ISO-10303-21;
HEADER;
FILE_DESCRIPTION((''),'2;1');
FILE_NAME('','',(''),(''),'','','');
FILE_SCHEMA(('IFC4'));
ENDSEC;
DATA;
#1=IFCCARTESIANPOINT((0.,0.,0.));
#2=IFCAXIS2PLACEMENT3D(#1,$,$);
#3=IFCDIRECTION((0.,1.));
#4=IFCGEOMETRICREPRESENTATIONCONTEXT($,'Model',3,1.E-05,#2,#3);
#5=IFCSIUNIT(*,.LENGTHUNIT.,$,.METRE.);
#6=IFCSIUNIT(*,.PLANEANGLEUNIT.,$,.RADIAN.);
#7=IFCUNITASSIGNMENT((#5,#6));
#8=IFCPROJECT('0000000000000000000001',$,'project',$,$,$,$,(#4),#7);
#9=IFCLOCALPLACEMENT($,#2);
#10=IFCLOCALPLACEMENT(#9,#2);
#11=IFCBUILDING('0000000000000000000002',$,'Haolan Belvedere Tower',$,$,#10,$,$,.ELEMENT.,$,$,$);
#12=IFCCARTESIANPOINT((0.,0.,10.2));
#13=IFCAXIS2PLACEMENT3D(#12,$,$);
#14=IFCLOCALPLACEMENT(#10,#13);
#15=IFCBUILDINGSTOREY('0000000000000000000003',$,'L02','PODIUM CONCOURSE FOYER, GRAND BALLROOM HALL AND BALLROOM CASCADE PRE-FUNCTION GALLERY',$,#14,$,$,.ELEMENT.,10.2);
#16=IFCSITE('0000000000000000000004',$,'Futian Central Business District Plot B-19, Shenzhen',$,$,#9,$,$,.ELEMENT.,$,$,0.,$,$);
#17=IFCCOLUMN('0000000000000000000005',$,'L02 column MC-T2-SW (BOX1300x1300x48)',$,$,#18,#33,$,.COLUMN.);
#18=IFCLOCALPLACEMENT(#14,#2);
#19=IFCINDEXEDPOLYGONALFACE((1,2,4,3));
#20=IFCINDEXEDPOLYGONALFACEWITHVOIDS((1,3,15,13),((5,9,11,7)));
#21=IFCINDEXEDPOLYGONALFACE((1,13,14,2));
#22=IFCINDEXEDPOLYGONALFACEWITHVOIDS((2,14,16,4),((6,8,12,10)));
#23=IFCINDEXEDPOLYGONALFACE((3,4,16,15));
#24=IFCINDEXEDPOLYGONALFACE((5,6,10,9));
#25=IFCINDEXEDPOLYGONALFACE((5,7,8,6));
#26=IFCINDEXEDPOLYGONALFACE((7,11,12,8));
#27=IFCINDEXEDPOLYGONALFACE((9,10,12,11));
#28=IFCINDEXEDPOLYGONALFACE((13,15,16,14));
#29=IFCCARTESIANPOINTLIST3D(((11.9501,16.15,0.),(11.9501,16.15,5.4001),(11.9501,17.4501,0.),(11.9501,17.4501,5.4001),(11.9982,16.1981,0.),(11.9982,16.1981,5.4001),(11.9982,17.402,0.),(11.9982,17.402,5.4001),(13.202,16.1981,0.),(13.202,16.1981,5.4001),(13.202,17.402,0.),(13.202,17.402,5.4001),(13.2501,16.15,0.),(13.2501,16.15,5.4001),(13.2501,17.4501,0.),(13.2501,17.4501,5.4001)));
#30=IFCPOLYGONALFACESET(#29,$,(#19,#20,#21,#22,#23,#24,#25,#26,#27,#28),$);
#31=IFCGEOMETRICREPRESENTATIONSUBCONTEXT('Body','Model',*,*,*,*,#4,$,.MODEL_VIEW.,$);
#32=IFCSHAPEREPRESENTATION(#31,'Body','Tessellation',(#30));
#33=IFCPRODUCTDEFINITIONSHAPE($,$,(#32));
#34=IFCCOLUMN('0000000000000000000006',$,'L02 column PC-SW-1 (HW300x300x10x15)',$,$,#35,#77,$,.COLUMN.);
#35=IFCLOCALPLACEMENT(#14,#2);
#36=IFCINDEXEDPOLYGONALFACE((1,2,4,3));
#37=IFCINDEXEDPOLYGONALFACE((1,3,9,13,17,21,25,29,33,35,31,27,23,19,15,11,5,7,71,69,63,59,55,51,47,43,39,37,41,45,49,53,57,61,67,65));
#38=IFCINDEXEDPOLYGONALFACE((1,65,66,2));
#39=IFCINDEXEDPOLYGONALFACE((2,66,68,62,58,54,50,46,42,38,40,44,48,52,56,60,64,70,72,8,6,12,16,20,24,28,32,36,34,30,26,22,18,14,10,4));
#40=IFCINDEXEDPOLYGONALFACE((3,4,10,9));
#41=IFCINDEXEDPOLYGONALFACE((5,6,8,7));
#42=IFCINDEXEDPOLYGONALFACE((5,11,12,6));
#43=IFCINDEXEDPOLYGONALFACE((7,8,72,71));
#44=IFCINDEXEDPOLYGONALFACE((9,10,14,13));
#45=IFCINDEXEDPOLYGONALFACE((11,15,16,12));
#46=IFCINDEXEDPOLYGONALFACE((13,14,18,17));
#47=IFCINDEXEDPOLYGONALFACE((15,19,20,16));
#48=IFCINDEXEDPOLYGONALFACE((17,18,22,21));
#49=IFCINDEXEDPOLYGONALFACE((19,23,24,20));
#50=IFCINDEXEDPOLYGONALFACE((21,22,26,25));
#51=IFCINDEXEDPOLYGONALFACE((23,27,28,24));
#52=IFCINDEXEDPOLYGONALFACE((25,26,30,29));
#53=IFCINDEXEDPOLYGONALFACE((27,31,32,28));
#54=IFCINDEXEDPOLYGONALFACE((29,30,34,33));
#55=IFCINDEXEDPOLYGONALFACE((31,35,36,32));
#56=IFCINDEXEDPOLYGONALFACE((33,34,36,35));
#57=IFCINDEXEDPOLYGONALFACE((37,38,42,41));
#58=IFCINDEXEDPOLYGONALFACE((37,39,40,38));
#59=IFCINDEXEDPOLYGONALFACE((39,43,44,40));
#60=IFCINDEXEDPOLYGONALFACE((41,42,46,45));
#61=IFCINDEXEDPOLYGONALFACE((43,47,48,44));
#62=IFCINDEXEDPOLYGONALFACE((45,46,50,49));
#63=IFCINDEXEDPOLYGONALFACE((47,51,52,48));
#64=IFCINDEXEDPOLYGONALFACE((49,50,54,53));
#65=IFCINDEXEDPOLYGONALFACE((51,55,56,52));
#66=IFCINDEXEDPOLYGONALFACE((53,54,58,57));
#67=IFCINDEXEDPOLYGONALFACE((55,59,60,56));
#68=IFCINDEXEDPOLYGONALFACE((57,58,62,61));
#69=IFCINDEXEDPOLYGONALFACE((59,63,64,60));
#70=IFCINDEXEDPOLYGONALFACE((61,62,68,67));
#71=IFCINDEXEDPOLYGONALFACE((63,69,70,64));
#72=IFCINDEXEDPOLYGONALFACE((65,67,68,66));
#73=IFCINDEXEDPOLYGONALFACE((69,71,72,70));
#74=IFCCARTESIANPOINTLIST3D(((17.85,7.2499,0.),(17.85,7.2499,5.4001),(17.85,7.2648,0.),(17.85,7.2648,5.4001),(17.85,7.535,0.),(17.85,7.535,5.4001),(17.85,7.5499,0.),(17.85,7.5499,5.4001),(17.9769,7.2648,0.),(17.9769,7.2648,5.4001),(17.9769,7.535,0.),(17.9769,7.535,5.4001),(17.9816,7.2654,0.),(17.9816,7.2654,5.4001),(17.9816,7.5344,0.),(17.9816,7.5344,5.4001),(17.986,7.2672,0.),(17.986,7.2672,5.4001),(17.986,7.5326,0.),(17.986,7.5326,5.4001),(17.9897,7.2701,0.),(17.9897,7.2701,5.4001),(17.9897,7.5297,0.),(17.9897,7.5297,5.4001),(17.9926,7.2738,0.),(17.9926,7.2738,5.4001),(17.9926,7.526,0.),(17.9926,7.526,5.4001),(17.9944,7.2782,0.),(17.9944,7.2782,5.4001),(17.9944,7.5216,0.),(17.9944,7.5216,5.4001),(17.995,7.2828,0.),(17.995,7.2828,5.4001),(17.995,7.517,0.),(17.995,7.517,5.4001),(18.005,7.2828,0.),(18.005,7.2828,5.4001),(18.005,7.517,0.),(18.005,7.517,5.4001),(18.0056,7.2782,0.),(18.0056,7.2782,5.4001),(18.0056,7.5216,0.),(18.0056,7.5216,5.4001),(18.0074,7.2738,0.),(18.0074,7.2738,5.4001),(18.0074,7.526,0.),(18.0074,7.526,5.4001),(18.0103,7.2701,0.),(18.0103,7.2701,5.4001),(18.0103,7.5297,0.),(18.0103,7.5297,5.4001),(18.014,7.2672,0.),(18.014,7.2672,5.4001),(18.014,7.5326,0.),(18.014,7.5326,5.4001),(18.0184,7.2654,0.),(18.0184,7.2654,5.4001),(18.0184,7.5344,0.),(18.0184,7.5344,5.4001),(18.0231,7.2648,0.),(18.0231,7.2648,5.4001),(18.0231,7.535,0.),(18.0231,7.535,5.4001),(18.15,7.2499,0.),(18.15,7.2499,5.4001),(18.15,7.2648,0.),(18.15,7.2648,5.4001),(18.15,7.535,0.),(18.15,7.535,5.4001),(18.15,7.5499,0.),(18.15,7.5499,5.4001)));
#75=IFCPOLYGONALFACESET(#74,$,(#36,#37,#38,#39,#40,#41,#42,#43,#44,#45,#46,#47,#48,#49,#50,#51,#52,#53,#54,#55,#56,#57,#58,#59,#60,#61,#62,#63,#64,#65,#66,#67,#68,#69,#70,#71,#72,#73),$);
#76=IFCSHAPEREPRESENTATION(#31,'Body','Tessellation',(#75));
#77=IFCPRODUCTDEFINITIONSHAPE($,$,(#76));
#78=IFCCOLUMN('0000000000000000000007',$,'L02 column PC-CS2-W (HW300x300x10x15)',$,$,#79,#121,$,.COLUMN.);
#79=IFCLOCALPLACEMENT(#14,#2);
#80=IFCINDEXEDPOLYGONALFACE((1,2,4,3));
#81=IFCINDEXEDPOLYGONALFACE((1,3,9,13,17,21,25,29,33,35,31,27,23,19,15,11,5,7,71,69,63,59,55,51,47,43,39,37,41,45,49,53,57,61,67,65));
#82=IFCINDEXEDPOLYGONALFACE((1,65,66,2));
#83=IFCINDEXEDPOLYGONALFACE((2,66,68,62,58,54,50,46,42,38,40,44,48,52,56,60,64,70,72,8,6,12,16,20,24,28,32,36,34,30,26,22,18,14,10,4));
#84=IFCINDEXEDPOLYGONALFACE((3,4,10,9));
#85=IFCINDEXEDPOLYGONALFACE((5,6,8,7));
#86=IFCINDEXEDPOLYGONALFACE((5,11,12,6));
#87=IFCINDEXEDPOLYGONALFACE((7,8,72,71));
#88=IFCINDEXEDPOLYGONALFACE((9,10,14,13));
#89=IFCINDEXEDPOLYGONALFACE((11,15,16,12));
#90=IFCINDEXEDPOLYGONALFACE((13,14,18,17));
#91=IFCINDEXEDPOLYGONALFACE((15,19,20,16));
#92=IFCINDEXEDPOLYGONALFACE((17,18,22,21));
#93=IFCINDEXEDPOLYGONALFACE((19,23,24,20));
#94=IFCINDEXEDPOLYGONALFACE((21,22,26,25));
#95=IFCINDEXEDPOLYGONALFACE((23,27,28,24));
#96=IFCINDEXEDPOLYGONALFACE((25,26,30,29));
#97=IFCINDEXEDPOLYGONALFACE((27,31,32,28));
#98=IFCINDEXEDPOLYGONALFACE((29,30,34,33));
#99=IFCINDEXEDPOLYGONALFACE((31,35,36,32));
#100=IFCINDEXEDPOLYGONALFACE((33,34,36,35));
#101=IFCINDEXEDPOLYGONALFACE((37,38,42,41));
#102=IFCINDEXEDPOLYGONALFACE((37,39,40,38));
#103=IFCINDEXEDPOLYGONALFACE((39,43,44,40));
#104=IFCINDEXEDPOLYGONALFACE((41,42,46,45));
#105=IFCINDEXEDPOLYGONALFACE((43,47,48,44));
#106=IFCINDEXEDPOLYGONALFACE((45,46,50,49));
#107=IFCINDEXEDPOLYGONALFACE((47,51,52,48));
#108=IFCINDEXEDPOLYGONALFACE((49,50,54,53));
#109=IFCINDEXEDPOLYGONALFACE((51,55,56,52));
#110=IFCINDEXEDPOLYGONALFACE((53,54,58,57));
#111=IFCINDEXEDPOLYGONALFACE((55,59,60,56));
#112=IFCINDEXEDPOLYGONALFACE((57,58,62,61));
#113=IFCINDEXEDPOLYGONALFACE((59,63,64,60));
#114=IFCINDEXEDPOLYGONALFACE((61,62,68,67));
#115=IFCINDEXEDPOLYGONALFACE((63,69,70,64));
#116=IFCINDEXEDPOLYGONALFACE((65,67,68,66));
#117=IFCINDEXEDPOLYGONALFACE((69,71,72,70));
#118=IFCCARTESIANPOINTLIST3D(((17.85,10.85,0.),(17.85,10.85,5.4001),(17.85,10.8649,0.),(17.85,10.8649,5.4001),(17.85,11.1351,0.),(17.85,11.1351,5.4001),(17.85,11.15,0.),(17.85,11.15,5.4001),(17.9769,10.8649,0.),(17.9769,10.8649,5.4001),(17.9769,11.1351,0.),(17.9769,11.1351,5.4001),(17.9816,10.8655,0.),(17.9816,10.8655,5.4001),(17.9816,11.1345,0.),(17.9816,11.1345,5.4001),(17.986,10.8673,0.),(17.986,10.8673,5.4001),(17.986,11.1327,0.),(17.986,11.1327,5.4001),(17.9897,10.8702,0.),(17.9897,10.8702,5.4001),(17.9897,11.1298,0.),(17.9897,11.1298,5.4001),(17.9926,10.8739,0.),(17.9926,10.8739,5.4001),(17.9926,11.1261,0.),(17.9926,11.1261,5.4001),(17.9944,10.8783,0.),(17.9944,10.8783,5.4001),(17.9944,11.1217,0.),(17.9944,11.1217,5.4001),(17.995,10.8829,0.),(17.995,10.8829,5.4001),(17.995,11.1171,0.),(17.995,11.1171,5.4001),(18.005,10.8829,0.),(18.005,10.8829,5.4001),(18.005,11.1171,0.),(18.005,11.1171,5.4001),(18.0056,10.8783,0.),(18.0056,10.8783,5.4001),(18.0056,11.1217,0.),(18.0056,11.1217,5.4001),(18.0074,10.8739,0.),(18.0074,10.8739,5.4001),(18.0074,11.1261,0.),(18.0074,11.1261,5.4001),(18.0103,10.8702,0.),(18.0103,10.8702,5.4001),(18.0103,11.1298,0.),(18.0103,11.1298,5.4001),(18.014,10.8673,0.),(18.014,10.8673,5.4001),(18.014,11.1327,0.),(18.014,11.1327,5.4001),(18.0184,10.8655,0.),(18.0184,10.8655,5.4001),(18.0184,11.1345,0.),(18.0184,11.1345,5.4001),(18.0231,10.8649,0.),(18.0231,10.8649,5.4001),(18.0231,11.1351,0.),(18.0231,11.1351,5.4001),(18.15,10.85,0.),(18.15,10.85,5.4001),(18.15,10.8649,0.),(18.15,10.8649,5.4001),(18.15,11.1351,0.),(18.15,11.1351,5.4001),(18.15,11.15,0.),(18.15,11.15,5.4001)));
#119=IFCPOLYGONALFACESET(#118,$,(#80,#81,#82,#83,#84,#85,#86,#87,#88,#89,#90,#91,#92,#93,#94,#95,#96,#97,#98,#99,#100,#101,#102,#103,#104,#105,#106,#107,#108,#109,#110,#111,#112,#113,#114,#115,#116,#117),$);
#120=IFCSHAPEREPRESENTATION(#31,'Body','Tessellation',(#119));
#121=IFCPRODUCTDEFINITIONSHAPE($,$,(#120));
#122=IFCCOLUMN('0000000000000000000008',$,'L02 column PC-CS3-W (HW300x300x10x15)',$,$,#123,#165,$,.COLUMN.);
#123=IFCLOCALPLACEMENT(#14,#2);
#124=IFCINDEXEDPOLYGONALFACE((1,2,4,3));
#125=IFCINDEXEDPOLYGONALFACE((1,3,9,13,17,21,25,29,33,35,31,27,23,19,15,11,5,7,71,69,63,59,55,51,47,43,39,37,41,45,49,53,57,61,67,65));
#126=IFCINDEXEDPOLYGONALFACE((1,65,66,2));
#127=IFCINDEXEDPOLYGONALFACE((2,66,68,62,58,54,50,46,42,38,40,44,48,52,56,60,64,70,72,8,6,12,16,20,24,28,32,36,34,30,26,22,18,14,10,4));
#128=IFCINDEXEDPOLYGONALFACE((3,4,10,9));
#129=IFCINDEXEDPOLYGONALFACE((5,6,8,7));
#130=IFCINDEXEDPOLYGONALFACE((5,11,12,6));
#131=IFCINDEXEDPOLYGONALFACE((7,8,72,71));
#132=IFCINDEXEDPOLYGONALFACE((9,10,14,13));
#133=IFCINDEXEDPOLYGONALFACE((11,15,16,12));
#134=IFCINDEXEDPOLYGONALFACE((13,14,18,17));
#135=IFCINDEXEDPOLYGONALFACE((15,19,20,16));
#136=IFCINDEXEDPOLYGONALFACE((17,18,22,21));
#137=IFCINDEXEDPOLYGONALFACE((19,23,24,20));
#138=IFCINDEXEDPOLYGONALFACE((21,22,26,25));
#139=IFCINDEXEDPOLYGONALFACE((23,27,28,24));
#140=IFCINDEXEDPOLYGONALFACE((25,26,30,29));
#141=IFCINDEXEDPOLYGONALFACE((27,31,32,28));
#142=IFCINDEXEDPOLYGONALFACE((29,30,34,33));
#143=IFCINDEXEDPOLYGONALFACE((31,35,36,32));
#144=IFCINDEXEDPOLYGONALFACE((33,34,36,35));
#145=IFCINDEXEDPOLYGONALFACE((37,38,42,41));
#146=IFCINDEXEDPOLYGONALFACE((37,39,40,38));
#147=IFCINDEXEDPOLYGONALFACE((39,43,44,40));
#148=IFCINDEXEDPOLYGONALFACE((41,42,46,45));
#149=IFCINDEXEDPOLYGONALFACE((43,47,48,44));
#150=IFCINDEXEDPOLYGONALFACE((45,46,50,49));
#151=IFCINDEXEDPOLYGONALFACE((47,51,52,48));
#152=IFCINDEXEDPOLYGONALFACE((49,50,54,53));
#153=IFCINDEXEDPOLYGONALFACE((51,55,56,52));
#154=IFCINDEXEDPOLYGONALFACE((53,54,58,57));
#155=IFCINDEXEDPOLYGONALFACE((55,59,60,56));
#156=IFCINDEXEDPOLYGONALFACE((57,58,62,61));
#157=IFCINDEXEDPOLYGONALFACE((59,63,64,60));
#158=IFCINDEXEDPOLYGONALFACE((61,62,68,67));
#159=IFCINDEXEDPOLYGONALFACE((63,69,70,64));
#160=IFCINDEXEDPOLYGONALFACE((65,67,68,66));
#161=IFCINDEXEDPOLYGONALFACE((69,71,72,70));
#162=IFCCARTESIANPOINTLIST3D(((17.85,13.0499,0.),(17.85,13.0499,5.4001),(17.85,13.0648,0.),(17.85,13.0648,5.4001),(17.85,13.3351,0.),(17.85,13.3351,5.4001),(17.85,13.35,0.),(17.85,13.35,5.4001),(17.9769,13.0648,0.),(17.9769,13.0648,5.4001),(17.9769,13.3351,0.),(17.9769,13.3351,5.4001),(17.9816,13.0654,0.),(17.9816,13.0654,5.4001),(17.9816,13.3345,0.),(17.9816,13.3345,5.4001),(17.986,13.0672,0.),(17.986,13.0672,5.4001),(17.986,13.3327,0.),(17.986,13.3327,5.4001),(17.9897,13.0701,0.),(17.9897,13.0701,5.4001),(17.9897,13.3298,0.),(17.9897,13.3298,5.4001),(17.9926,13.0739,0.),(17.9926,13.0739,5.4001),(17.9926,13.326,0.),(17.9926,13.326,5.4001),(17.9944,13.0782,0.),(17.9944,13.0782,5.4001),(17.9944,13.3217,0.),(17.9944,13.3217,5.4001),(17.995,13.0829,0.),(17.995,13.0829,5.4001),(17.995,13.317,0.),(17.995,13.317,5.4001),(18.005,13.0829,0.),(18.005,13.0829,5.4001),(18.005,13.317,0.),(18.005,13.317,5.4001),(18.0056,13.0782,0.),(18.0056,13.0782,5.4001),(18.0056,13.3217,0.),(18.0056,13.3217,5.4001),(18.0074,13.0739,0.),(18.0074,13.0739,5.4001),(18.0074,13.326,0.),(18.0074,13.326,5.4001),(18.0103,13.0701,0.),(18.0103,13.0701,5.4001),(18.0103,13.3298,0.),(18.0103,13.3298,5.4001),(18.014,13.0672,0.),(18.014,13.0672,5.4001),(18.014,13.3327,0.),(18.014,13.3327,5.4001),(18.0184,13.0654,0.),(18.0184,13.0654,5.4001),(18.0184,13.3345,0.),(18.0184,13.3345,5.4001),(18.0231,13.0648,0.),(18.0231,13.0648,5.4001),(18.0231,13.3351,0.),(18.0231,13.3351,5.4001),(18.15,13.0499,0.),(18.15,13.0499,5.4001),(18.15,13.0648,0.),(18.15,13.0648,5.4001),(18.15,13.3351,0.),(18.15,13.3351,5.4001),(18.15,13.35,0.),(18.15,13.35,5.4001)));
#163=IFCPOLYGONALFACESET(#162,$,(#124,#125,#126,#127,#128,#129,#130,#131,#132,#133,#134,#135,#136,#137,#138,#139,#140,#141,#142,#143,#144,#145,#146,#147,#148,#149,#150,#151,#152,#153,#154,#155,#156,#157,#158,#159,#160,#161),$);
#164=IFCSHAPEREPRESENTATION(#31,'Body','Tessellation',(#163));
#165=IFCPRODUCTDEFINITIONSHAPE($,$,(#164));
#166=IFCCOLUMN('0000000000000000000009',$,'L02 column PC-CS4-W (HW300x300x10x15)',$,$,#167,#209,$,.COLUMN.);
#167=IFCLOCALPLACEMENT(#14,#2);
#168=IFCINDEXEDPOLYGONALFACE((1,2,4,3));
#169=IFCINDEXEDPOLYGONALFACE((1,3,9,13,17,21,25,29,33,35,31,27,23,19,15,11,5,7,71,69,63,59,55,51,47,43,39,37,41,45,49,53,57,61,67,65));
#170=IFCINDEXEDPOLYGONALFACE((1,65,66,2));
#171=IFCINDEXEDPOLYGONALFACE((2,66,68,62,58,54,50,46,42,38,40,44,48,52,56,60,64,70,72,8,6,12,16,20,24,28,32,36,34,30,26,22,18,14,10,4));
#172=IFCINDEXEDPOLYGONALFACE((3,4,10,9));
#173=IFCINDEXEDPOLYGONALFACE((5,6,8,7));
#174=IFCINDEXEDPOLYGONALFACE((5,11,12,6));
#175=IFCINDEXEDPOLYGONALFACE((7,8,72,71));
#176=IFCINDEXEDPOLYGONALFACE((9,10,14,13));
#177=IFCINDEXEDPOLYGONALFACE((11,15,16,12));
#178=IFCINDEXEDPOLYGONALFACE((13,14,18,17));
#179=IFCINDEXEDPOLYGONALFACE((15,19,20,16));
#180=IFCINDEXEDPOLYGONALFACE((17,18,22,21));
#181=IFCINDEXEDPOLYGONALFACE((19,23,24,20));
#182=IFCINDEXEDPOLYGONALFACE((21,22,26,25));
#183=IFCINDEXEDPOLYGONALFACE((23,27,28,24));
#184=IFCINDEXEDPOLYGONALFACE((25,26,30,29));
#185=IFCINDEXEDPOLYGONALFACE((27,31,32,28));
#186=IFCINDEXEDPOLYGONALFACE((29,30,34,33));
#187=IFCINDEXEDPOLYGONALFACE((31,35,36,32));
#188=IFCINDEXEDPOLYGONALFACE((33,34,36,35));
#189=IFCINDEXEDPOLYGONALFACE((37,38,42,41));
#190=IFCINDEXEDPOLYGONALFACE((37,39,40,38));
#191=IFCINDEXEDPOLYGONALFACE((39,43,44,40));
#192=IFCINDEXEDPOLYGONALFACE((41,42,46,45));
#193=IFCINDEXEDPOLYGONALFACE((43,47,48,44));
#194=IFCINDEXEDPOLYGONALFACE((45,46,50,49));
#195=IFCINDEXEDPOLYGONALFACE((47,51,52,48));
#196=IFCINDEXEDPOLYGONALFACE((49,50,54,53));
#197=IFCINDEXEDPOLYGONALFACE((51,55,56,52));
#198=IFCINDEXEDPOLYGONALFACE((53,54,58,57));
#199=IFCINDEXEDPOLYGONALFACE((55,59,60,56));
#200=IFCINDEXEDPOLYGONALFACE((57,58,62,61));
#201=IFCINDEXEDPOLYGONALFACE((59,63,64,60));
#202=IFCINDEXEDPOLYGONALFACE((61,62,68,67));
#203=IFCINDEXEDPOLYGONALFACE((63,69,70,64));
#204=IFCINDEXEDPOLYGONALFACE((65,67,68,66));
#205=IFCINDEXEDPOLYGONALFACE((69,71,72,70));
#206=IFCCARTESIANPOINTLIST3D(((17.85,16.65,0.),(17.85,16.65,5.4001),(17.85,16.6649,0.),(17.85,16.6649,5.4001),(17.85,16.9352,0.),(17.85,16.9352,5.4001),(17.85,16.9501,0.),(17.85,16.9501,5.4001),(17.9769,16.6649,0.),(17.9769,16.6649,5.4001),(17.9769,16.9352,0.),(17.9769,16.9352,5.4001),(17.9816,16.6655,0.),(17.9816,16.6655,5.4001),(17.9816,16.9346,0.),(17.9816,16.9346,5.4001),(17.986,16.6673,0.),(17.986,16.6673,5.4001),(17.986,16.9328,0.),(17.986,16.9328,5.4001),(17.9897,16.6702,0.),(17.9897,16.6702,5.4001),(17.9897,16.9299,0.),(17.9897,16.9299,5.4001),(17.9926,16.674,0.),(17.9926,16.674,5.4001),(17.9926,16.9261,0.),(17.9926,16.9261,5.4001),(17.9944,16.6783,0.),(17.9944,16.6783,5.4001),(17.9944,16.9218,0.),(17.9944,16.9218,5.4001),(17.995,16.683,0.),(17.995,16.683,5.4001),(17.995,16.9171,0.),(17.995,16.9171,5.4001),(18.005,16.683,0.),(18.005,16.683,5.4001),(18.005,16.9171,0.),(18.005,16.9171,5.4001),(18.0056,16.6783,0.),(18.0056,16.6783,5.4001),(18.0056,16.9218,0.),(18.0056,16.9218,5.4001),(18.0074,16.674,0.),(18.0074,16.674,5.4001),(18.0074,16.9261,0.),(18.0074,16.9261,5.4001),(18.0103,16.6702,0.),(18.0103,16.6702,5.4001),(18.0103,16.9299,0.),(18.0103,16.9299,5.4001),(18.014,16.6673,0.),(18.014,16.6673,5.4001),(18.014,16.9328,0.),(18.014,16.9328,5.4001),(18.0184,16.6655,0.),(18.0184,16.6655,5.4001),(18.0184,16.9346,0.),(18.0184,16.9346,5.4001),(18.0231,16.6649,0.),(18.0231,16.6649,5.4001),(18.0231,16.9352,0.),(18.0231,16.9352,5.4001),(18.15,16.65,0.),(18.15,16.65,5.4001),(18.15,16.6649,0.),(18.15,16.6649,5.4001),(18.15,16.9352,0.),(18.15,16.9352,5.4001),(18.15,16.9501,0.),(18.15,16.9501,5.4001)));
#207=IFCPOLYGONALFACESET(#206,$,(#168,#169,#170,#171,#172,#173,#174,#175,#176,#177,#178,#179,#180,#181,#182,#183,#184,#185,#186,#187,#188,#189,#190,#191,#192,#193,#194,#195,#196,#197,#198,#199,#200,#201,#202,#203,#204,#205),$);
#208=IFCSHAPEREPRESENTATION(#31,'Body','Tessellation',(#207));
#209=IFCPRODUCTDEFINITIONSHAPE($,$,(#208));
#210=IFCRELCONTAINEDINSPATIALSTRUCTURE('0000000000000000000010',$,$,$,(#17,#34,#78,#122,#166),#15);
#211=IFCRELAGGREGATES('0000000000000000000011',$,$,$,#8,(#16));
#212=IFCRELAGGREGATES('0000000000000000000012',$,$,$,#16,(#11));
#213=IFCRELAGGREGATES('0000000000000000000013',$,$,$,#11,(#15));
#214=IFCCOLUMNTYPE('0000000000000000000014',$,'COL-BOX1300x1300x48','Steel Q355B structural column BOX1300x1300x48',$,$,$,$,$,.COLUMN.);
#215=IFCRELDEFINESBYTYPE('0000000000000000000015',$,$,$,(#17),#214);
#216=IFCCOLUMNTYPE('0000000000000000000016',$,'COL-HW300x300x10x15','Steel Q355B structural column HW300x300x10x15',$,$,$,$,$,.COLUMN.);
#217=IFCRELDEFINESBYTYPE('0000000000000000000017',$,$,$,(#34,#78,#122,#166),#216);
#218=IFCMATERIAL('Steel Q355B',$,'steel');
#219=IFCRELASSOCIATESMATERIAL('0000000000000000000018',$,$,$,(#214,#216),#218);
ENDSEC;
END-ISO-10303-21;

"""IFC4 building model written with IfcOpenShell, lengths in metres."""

from ifc_helpers import new_model, si_unit, direction, frame, origin, origin_2d, place, context, subcontext, project, spatial, hollow_rectangle, i_section, extrude, material, material_profile, profile_set, type_object, element, save


model = new_model("IFC4")

# Units and contexts
model_context = context("Model", 3, precision=1e-05, world=origin(), true_north=direction((0.0, 1.0)))
body_context = subcontext(model_context, "Body", "Model", "MODEL_VIEW")
ifc_project = project(units=[si_unit("LENGTHUNIT", "METRE"), si_unit("PLANEANGLEUNIT", "RADIAN")], contexts=[model_context])

# Site, building, storey
site_placement = place(None, origin())
site = spatial("IfcSite", under=ifc_project, at=site_placement, Name="Futian Central Business District Plot B-19, Shenzhen", CompositionType="ELEMENT", RefElevation=0.0)
building_placement = place(site_placement, origin())
building = spatial("IfcBuilding", under=site, at=building_placement, Name="Haolan Belvedere Tower", CompositionType="ELEMENT")
storey_placement = place(building_placement, frame((0.0, 0.0, 10.2)))
storey = spatial("IfcBuildingStorey", under=building, at=storey_placement, Name="L02", Description="PODIUM CONCOURSE FOYER, GRAND BALLROOM HALL AND BALLROOM CASCADE PRE-FUNCTION GALLERY", CompositionType="ELEMENT", Elevation=10.2)

# Columns
ifc_material_1 = material(Name="Steel Q355B", Category="steel")
ifc_material_profile_1 = material_profile(ifc_material_1, hollow_rectangle(XDim=1.3, YDim=1.3, WallThickness=0.0481, at=origin_2d()), Name="Steel Q355B")
ifc_profile_set_1 = profile_set([ifc_material_profile_1], Name="Steel Q355B")
column_type_1 = type_object("IfcColumnType", Name="COL-BOX1300x1300x48", Description="Steel Q355B structural column BOX1300x1300x48", PredefinedType="COLUMN", material=ifc_profile_set_1)
column_placement = place(storey_placement, frame((12.6001, 16.8, 0.0), z_axis=(0.0, 0.0, 1.0), x_axis=(1.0, 0.0, 0.0)))
element("IfcColumn", 1, at=column_placement, inside=storey, type_object=column_type_1, Name="L02 column MC-T2-SW (BOX1300x1300x48)", PredefinedType="COLUMN", context=body_context, shape_type="SweptSolid", body=[
    extrude(hollow_rectangle(XDim=1.3, YDim=1.3, WallThickness=0.0481, at=origin_2d()), origin(), (0.0, 0.0, 1.0), 5.4001),
])
ifc_material_profile_2 = material_profile(ifc_material_1, i_section(OverallWidth=0.3, OverallDepth=0.3, WebThickness=0.01, FlangeThickness=0.0149, FilletRadius=0.0181, at=origin_2d()), Name="Steel Q355B")
ifc_profile_set_2 = profile_set([ifc_material_profile_2], Name="Steel Q355B")
column_type_2 = type_object("IfcColumnType", Name="COL-HW300x300x10x15", Description="Steel Q355B structural column HW300x300x10x15", PredefinedType="COLUMN", material=ifc_profile_set_2)
for number, where, z_axis, x_axis, name in (
    (2, (18.0, 7.3999, 0.0), (0.0, 0.0, 1.0), (1.0, 0.0, 0.0), "L02 column PC-SW-1 (HW300x300x10x15)"),
    (3, (18.0, 11.0, 0.0), (0.0, 0.0, 1.0), (1.0, 0.0, 0.0), "L02 column PC-CS2-W (HW300x300x10x15)"),
    (4, (18.0, 13.2, 0.0), (0.0, 0.0, 1.0), (1.0, 0.0, 0.0), "L02 column PC-CS3-W (HW300x300x10x15)"),
    (5, (18.0, 16.8, 0.0), (0.0, 0.0, 1.0), (1.0, 0.0, 0.0), "L02 column PC-CS4-W (HW300x300x10x15)"),
):
    element("IfcColumn", number, at=place(storey_placement, frame(where, z_axis=z_axis, x_axis=x_axis)), inside=storey, type_object=column_type_2, Name=name, PredefinedType="COLUMN", context=body_context, shape_type="SweptSolid", body=[
        extrude(i_section(OverallWidth=0.3, OverallDepth=0.3, WebThickness=0.01, FlangeThickness=0.0149, FilletRadius=0.0181, at=origin_2d()), origin(), (0.0, 0.0, 1.0), 5.4001),
    ])

save(model, "model.ifc")
